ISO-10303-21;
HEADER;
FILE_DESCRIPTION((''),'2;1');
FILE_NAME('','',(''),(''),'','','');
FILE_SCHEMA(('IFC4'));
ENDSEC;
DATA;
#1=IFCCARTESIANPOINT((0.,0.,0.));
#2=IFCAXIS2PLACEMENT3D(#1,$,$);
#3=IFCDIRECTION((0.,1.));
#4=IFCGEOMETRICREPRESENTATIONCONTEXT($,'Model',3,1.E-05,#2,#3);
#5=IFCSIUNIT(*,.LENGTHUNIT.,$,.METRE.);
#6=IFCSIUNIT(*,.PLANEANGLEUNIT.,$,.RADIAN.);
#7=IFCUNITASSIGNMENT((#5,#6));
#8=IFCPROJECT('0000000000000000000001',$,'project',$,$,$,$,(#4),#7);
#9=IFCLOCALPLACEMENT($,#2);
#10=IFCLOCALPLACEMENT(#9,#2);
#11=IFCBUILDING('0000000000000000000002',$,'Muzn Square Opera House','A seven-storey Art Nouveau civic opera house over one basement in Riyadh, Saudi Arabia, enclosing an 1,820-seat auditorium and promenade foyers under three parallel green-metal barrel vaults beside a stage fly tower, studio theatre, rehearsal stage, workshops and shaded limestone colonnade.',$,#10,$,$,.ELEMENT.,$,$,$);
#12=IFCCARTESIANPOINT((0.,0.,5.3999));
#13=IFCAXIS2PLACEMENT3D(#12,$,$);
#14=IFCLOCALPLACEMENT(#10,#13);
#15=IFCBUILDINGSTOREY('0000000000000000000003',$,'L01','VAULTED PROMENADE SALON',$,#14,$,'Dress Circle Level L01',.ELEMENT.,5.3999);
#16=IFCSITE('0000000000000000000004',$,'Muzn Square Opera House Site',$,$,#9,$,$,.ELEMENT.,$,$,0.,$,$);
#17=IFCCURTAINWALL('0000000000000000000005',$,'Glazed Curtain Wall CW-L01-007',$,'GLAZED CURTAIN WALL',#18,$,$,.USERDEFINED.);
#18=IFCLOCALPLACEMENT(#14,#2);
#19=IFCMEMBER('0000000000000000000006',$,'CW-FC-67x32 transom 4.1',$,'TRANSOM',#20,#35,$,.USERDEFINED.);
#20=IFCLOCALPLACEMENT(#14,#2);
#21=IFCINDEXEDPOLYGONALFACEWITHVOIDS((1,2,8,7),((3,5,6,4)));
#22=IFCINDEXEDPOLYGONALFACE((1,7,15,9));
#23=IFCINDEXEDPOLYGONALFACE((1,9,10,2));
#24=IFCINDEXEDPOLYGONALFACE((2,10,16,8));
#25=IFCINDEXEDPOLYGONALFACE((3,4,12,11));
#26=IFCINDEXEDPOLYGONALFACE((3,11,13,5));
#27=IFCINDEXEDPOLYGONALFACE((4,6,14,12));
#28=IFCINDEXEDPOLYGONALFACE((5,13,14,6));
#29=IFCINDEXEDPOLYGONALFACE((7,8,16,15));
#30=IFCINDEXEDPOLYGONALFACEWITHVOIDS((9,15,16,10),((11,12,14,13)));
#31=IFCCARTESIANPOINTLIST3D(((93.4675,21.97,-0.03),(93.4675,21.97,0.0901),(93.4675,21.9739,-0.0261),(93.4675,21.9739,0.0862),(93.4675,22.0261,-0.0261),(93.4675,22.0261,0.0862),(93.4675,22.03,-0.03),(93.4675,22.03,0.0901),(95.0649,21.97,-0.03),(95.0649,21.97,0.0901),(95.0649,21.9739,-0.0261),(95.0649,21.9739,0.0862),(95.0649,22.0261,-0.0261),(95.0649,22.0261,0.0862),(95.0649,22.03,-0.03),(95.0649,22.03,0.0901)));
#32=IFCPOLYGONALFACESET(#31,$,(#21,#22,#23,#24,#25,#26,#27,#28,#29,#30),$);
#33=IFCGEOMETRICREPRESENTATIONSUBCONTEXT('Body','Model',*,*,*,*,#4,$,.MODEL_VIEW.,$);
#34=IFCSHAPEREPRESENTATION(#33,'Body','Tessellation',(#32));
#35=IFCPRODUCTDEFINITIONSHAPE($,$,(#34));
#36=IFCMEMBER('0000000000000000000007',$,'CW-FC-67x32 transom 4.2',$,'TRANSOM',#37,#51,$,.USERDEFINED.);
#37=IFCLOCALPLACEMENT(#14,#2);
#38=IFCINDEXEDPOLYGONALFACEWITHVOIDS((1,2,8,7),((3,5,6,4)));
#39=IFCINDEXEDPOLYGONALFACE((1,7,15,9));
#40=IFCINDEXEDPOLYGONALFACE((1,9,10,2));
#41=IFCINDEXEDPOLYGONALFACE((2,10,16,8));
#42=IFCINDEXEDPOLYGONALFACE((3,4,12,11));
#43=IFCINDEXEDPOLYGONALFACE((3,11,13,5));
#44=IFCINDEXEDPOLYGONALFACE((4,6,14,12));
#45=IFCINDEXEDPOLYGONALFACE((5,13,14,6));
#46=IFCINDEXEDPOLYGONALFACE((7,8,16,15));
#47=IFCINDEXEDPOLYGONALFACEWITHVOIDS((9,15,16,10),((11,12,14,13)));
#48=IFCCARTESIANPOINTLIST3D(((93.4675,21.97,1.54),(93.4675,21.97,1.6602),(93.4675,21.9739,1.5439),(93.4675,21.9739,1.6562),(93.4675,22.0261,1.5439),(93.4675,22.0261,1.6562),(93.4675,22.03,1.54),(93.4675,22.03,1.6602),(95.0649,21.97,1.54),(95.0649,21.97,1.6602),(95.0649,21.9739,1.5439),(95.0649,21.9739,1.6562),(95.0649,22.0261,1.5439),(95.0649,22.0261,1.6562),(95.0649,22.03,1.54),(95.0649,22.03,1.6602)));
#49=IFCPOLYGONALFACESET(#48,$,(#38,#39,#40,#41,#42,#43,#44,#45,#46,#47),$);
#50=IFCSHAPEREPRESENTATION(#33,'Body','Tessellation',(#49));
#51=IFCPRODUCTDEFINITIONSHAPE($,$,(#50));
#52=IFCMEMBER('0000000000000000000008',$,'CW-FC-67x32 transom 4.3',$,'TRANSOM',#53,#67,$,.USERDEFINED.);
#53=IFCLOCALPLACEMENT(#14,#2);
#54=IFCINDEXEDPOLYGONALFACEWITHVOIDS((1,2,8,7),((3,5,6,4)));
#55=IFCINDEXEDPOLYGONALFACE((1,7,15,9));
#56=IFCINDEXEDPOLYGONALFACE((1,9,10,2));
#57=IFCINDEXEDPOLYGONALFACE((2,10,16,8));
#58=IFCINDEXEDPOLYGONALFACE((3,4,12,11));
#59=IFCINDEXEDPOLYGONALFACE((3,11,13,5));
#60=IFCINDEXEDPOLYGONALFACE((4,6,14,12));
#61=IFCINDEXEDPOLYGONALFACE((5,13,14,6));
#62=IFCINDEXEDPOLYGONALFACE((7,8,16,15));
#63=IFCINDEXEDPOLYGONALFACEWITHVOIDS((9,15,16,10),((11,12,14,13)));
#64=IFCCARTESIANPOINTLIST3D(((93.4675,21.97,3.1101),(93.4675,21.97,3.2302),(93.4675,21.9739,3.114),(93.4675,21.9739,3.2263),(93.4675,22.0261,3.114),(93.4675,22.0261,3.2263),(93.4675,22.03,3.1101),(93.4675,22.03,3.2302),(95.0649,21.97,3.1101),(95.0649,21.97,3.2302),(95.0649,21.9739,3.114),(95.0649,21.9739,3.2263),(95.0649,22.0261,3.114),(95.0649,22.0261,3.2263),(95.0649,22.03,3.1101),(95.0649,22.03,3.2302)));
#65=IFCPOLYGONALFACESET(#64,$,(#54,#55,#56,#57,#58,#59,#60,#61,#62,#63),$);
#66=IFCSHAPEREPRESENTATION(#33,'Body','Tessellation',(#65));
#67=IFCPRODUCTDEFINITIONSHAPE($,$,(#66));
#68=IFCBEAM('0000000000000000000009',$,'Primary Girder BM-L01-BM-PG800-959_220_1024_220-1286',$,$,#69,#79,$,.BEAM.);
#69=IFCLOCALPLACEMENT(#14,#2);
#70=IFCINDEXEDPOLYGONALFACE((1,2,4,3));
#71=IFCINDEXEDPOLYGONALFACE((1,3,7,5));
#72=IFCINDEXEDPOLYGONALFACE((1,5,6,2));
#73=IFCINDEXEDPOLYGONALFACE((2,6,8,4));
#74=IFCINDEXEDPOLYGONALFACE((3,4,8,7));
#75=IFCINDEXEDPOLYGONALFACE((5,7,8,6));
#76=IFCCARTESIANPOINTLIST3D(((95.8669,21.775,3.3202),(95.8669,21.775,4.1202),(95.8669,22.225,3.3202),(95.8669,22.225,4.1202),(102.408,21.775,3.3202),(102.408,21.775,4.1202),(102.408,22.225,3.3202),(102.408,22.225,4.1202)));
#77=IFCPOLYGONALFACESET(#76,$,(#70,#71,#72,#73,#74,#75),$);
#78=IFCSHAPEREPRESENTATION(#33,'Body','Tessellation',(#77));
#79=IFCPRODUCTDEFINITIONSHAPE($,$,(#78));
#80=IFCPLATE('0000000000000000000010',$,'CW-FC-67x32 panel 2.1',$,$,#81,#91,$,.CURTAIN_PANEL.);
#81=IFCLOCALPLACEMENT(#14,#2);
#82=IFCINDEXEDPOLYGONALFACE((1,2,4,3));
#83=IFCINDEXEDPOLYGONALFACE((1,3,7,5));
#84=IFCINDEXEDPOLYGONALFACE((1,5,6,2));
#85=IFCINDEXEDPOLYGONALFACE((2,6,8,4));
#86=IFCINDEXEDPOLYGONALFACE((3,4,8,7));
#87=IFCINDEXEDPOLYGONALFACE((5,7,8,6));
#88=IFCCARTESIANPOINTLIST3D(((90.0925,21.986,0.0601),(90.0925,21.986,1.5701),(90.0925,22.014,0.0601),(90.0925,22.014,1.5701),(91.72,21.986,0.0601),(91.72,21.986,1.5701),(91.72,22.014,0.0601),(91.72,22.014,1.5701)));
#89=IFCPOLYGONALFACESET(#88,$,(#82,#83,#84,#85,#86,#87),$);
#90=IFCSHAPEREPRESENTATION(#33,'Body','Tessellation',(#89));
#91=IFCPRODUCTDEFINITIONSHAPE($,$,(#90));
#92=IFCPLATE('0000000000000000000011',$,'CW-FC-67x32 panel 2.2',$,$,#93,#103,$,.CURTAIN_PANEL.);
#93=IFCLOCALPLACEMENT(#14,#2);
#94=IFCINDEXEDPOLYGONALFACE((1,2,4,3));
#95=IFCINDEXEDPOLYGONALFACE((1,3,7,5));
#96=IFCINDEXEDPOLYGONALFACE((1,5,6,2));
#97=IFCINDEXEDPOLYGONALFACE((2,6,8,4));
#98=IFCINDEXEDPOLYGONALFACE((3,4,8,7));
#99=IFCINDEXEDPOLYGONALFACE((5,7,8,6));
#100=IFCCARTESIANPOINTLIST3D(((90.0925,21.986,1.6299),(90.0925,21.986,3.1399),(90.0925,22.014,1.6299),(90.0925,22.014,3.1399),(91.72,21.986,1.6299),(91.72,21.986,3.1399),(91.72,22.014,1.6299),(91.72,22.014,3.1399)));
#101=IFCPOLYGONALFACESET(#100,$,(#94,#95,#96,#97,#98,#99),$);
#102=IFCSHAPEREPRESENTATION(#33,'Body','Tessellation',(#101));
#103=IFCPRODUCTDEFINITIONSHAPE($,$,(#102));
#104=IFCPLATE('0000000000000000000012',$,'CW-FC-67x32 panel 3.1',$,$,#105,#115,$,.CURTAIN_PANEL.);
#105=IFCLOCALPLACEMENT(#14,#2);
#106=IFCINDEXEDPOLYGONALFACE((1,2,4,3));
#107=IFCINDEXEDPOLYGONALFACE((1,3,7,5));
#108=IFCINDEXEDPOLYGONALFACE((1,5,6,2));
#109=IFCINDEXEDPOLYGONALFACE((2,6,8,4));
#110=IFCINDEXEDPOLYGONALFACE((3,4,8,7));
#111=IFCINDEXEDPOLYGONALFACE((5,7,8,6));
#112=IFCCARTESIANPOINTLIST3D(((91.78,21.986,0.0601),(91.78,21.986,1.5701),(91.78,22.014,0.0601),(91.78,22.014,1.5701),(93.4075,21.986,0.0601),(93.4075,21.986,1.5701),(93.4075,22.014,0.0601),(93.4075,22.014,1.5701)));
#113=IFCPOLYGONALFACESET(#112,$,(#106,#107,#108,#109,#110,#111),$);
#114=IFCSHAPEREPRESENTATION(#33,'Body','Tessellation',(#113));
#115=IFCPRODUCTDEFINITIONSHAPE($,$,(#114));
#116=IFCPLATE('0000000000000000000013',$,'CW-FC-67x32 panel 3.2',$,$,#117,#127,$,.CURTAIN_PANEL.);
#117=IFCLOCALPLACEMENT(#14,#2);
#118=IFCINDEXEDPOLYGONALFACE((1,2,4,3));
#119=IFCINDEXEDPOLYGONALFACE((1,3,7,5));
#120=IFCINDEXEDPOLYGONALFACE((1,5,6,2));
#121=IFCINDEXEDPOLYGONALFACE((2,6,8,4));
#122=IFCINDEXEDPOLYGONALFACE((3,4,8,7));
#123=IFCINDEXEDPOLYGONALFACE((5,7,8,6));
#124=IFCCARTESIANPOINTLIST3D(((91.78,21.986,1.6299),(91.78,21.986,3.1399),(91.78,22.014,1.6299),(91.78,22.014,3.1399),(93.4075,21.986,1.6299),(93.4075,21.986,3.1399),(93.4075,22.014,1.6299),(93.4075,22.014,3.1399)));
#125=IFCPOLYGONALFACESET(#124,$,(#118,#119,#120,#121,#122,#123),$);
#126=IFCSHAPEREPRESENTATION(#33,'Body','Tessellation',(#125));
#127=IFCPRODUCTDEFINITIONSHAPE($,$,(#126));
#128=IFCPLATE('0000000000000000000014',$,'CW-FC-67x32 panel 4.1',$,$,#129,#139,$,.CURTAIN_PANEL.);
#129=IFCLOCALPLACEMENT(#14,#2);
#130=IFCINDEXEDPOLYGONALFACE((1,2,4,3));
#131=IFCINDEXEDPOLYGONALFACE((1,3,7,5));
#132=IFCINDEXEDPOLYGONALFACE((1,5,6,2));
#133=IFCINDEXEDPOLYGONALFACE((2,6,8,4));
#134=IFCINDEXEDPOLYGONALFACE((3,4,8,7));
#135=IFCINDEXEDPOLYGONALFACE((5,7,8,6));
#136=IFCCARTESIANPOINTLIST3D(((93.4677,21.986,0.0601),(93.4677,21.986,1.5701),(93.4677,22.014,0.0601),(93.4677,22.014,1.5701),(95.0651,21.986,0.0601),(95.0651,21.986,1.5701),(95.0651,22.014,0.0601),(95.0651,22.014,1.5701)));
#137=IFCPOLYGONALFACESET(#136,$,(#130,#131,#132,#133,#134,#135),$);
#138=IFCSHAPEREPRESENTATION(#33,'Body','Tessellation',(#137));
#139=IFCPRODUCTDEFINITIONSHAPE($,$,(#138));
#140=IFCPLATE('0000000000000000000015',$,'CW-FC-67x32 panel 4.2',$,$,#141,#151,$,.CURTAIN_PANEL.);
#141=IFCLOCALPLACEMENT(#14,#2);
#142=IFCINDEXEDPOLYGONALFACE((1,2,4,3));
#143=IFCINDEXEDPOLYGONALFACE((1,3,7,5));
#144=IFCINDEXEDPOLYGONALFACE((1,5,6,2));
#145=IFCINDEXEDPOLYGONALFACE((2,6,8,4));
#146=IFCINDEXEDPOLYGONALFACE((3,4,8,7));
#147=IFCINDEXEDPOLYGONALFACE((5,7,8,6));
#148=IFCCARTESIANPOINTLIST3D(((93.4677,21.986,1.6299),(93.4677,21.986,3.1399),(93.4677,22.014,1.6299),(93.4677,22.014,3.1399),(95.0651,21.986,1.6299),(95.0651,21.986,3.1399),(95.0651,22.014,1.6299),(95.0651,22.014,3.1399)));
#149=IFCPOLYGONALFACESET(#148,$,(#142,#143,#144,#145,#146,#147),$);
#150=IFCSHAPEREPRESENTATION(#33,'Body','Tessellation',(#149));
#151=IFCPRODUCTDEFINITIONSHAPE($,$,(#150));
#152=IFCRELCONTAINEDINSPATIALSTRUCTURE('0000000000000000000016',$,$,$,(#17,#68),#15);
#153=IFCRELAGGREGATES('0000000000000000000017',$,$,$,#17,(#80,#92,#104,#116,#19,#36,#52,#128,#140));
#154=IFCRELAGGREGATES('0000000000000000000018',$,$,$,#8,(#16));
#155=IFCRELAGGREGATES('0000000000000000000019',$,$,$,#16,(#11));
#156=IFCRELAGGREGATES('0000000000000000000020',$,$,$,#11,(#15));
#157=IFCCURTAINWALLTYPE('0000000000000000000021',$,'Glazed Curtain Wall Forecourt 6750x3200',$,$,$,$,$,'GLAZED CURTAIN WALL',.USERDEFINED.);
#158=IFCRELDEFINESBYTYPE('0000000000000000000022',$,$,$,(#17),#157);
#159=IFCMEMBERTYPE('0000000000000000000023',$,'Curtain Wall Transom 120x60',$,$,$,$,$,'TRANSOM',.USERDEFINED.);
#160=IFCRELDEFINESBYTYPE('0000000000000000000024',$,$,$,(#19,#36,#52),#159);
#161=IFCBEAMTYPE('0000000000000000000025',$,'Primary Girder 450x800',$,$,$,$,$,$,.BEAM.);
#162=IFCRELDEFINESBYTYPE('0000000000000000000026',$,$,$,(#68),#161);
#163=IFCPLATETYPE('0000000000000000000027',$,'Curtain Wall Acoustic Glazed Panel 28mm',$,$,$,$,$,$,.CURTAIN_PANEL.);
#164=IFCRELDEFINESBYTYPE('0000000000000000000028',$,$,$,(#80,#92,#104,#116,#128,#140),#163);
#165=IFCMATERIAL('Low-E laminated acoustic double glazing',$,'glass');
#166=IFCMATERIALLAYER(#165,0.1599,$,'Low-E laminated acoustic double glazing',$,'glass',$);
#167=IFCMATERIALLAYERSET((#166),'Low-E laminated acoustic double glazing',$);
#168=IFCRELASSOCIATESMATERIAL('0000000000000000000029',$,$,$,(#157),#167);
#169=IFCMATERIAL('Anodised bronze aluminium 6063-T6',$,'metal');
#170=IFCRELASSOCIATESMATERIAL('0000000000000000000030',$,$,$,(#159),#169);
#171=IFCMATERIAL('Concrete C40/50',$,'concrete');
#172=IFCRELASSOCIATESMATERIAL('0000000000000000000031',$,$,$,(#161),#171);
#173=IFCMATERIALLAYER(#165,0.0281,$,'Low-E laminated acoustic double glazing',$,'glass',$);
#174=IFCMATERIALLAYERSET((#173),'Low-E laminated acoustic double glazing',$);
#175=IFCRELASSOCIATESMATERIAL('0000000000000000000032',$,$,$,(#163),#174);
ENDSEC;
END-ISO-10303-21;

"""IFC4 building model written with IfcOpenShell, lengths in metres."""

from ifc_helpers import new_model, si_unit, direction, frame, origin, origin_2d, place, context, subcontext, project, spatial, rectangle, hollow_rectangle, extrude, material, layer, layer_set, material_profile, profile_set, type_object, element, aggregate, save


model = new_model("IFC4")

# Units and contexts
model_context = context("Model", 3, precision=1e-05, world=origin(), true_north=direction((0.0, 1.0)))
body_context = subcontext(model_context, "Body", "Model", "MODEL_VIEW")
ifc_project = project(units=[si_unit("LENGTHUNIT", "METRE"), si_unit("PLANEANGLEUNIT", "RADIAN")], contexts=[model_context])

# Site, building, storey
site_placement = place(None, origin())
site = spatial("IfcSite", under=ifc_project, at=site_placement, Name="Muzn Square Opera House Site", CompositionType="ELEMENT", RefElevation=0.0)
building_placement = place(site_placement, origin())
building = spatial("IfcBuilding", under=site, at=building_placement, Name="Muzn Square Opera House", Description="A seven-storey Art Nouveau civic opera house over one basement in Riyadh, Saudi Arabia, enclosing an 1,820-seat auditorium and promenade foyers under three parallel green-metal barrel vaults beside a stage fly tower, studio theatre, rehearsal stage, workshops and shaded limestone colonnade.", CompositionType="ELEMENT")
storey_placement = place(building_placement, frame((0.0, 0.0, 5.3999)))
storey = spatial("IfcBuildingStorey", under=building, at=storey_placement, Name="L01", Description="VAULTED PROMENADE SALON", LongName="Dress Circle Level L01", CompositionType="ELEMENT", Elevation=5.3999)

# Curtain wall, members
ifc_material_1 = material(Name="Low-E laminated acoustic double glazing", Category="glass")
ifc_layer_1 = layer(ifc_material_1, 0.1599, Name="Low-E laminated acoustic double glazing", Category="glass")
ifc_layer_set_1 = layer_set([ifc_layer_1], Name="Low-E laminated acoustic double glazing")
curtain_wall_type = type_object("IfcCurtainWallType", Name="Glazed Curtain Wall Forecourt 6750x3200", ElementType="GLAZED CURTAIN WALL", PredefinedType="USERDEFINED", material=ifc_layer_set_1)
curtain_wall_placement = place(storey_placement, origin())
curtain_wall = element("IfcCurtainWall", 1, at=curtain_wall_placement, inside=storey, type_object=curtain_wall_type, Name="Glazed Curtain Wall CW-L01-007", ObjectType="GLAZED CURTAIN WALL", PredefinedType="USERDEFINED")
ifc_material_2 = material(Name="Anodised bronze aluminium 6063-T6", Category="metal")
ifc_material_profile_1 = material_profile(ifc_material_2, hollow_rectangle(XDim=0.0601, YDim=0.1201, WallThickness=0.0039, at=origin_2d()), Name="ALU 120x60x4", Category="metal")
ifc_profile_set_1 = profile_set([ifc_material_profile_1], Name="Anodised bronze aluminium 6063-T6")
member_type_1 = type_object("IfcMemberType", Name="Curtain Wall Transom 120x60", ElementType="TRANSOM", PredefinedType="USERDEFINED", material=ifc_profile_set_1)
member_1_placement = place(storey_placement, frame((93.4675, 22.0, 0.03), z_axis=(1.0, 0.0, 0.0), x_axis=(0.0, 1.0, 0.0)))
member_1 = element("IfcMember", 2, at=member_1_placement, type_object=member_type_1, Name="CW-FC-67x32 transom 4.1", ObjectType="TRANSOM", PredefinedType="USERDEFINED", context=body_context, shape_type="SweptSolid", body=[
    extrude(hollow_rectangle(XDim=0.0601, YDim=0.1201, WallThickness=0.0039, at=origin_2d()), origin(), (0.0, 0.0, 1.0), 1.5974),
])
member_2_placement = place(storey_placement, frame((93.4675, 22.0, 1.6001), z_axis=(1.0, 0.0, 0.0), x_axis=(0.0, 1.0, 0.0)))
member_2 = element("IfcMember", 3, at=member_2_placement, type_object=member_type_1, Name="CW-FC-67x32 transom 4.2", ObjectType="TRANSOM", PredefinedType="USERDEFINED", context=body_context, shape_type="SweptSolid", body=[
    extrude(hollow_rectangle(XDim=0.0601, YDim=0.1201, WallThickness=0.0039, at=origin_2d()), origin(), (0.0, 0.0, 1.0), 1.5974),
])
member_3_placement = place(storey_placement, frame((93.4675, 22.0, 3.1702), z_axis=(1.0, 0.0, 0.0), x_axis=(0.0, 1.0, 0.0)))
member_3 = element("IfcMember", 4, at=member_3_placement, type_object=member_type_1, Name="CW-FC-67x32 transom 4.3", ObjectType="TRANSOM", PredefinedType="USERDEFINED", context=body_context, shape_type="SweptSolid", body=[
    extrude(hollow_rectangle(XDim=0.0601, YDim=0.1201, WallThickness=0.0039, at=origin_2d()), origin(), (0.0, 0.0, 1.0), 1.5974),
])

# Beam
ifc_material_3 = material(Name="Concrete C40/50", Category="concrete")
ifc_material_profile_2 = material_profile(ifc_material_3, rectangle(XDim=0.45, YDim=0.8, at=origin_2d()), Name="RCB 450x800", Category="concrete")
ifc_profile_set_2 = profile_set([ifc_material_profile_2], Name="Concrete C40/50")
beam_type = type_object("IfcBeamType", Name="Primary Girder 450x800", PredefinedType="BEAM", material=ifc_profile_set_2)
beam_placement = place(storey_placement, frame((95.8669, 22.0, 3.7202), z_axis=(1.0, 0.0, 0.0), x_axis=(0.0, 1.0, 0.0)))
element("IfcBeam", 5, at=beam_placement, inside=storey, type_object=beam_type, Name="Primary Girder BM-L01-BM-PG800-959_220_1024_220-1286", PredefinedType="BEAM", context=body_context, shape_type="SweptSolid", body=[
    extrude(rectangle(XDim=0.45, YDim=0.8, at=origin_2d()), origin(), (0.0, 0.0, 1.0), 6.541),
])

# Plates
ifc_layer_2 = layer(ifc_material_1, 0.0281, Name="Low-E laminated acoustic double glazing", Category="glass")
ifc_layer_set_2 = layer_set([ifc_layer_2], Name="Low-E laminated acoustic double glazing")
plate_type = type_object("IfcPlateType", Name="Curtain Wall Acoustic Glazed Panel 28mm", PredefinedType="CURTAIN_PANEL", material=ifc_layer_set_2)
plate_1_placement = place(storey_placement, frame((90.9062, 22.0, 0.0601), z_axis=(0.0, 0.0, 1.0), x_axis=(1.0, 0.0, 0.0)))
plate_1 = element("IfcPlate", 6, at=plate_1_placement, type_object=plate_type, Name="CW-FC-67x32 panel 2.1", PredefinedType="CURTAIN_PANEL", context=body_context, shape_type="SweptSolid", body=[
    extrude(rectangle(XDim=1.6274, YDim=0.0281, at=origin_2d()), origin(), (0.0, 0.0, 1.0), 1.51),
])
plate_2_placement = place(storey_placement, frame((90.9062, 22.0, 1.6299), z_axis=(0.0, 0.0, 1.0), x_axis=(1.0, 0.0, 0.0)))
plate_2 = element("IfcPlate", 7, at=plate_2_placement, type_object=plate_type, Name="CW-FC-67x32 panel 2.2", PredefinedType="CURTAIN_PANEL", context=body_context, shape_type="SweptSolid", body=[
    extrude(rectangle(XDim=1.6274, YDim=0.0281, at=origin_2d()), origin(), (0.0, 0.0, 1.0), 1.51),
])
plate_3_placement = place(storey_placement, frame((92.5938, 22.0, 0.0601), z_axis=(0.0, 0.0, 1.0), x_axis=(1.0, 0.0, 0.0)))
plate_3 = element("IfcPlate", 8, at=plate_3_placement, type_object=plate_type, Name="CW-FC-67x32 panel 3.1", PredefinedType="CURTAIN_PANEL", context=body_context, shape_type="SweptSolid", body=[
    extrude(rectangle(XDim=1.6274, YDim=0.0281, at=origin_2d()), origin(), (0.0, 0.0, 1.0), 1.51),
])
plate_4_placement = place(storey_placement, frame((92.5938, 22.0, 1.6299), z_axis=(0.0, 0.0, 1.0), x_axis=(1.0, 0.0, 0.0)))
plate_4 = element("IfcPlate", 9, at=plate_4_placement, type_object=plate_type, Name="CW-FC-67x32 panel 3.2", PredefinedType="CURTAIN_PANEL", context=body_context, shape_type="SweptSolid", body=[
    extrude(rectangle(XDim=1.6274, YDim=0.0281, at=origin_2d()), origin(), (0.0, 0.0, 1.0), 1.51),
])
plate_5_placement = place(storey_placement, frame((94.2664, 22.0, 0.0601), z_axis=(0.0, 0.0, 1.0), x_axis=(1.0, 0.0, 0.0)))
plate_5 = element("IfcPlate", 10, at=plate_5_placement, type_object=plate_type, Name="CW-FC-67x32 panel 4.1", PredefinedType="CURTAIN_PANEL", context=body_context, shape_type="SweptSolid", body=[
    extrude(rectangle(XDim=1.5974, YDim=0.0281, at=origin_2d()), origin(), (0.0, 0.0, 1.0), 1.51),
])
plate_6_placement = place(storey_placement, frame((94.2664, 22.0, 1.6299), z_axis=(0.0, 0.0, 1.0), x_axis=(1.0, 0.0, 0.0)))
plate_6 = element("IfcPlate", 11, at=plate_6_placement, type_object=plate_type, Name="CW-FC-67x32 panel 4.2", PredefinedType="CURTAIN_PANEL", context=body_context, shape_type="SweptSolid", body=[
    extrude(rectangle(XDim=1.5974, YDim=0.0281, at=origin_2d()), origin(), (0.0, 0.0, 1.0), 1.51),
])
aggregate(curtain_wall, [plate_1, plate_2, plate_3, plate_4, member_1, member_2, member_3, plate_5, plate_6])

save(model, "model.ifc")
